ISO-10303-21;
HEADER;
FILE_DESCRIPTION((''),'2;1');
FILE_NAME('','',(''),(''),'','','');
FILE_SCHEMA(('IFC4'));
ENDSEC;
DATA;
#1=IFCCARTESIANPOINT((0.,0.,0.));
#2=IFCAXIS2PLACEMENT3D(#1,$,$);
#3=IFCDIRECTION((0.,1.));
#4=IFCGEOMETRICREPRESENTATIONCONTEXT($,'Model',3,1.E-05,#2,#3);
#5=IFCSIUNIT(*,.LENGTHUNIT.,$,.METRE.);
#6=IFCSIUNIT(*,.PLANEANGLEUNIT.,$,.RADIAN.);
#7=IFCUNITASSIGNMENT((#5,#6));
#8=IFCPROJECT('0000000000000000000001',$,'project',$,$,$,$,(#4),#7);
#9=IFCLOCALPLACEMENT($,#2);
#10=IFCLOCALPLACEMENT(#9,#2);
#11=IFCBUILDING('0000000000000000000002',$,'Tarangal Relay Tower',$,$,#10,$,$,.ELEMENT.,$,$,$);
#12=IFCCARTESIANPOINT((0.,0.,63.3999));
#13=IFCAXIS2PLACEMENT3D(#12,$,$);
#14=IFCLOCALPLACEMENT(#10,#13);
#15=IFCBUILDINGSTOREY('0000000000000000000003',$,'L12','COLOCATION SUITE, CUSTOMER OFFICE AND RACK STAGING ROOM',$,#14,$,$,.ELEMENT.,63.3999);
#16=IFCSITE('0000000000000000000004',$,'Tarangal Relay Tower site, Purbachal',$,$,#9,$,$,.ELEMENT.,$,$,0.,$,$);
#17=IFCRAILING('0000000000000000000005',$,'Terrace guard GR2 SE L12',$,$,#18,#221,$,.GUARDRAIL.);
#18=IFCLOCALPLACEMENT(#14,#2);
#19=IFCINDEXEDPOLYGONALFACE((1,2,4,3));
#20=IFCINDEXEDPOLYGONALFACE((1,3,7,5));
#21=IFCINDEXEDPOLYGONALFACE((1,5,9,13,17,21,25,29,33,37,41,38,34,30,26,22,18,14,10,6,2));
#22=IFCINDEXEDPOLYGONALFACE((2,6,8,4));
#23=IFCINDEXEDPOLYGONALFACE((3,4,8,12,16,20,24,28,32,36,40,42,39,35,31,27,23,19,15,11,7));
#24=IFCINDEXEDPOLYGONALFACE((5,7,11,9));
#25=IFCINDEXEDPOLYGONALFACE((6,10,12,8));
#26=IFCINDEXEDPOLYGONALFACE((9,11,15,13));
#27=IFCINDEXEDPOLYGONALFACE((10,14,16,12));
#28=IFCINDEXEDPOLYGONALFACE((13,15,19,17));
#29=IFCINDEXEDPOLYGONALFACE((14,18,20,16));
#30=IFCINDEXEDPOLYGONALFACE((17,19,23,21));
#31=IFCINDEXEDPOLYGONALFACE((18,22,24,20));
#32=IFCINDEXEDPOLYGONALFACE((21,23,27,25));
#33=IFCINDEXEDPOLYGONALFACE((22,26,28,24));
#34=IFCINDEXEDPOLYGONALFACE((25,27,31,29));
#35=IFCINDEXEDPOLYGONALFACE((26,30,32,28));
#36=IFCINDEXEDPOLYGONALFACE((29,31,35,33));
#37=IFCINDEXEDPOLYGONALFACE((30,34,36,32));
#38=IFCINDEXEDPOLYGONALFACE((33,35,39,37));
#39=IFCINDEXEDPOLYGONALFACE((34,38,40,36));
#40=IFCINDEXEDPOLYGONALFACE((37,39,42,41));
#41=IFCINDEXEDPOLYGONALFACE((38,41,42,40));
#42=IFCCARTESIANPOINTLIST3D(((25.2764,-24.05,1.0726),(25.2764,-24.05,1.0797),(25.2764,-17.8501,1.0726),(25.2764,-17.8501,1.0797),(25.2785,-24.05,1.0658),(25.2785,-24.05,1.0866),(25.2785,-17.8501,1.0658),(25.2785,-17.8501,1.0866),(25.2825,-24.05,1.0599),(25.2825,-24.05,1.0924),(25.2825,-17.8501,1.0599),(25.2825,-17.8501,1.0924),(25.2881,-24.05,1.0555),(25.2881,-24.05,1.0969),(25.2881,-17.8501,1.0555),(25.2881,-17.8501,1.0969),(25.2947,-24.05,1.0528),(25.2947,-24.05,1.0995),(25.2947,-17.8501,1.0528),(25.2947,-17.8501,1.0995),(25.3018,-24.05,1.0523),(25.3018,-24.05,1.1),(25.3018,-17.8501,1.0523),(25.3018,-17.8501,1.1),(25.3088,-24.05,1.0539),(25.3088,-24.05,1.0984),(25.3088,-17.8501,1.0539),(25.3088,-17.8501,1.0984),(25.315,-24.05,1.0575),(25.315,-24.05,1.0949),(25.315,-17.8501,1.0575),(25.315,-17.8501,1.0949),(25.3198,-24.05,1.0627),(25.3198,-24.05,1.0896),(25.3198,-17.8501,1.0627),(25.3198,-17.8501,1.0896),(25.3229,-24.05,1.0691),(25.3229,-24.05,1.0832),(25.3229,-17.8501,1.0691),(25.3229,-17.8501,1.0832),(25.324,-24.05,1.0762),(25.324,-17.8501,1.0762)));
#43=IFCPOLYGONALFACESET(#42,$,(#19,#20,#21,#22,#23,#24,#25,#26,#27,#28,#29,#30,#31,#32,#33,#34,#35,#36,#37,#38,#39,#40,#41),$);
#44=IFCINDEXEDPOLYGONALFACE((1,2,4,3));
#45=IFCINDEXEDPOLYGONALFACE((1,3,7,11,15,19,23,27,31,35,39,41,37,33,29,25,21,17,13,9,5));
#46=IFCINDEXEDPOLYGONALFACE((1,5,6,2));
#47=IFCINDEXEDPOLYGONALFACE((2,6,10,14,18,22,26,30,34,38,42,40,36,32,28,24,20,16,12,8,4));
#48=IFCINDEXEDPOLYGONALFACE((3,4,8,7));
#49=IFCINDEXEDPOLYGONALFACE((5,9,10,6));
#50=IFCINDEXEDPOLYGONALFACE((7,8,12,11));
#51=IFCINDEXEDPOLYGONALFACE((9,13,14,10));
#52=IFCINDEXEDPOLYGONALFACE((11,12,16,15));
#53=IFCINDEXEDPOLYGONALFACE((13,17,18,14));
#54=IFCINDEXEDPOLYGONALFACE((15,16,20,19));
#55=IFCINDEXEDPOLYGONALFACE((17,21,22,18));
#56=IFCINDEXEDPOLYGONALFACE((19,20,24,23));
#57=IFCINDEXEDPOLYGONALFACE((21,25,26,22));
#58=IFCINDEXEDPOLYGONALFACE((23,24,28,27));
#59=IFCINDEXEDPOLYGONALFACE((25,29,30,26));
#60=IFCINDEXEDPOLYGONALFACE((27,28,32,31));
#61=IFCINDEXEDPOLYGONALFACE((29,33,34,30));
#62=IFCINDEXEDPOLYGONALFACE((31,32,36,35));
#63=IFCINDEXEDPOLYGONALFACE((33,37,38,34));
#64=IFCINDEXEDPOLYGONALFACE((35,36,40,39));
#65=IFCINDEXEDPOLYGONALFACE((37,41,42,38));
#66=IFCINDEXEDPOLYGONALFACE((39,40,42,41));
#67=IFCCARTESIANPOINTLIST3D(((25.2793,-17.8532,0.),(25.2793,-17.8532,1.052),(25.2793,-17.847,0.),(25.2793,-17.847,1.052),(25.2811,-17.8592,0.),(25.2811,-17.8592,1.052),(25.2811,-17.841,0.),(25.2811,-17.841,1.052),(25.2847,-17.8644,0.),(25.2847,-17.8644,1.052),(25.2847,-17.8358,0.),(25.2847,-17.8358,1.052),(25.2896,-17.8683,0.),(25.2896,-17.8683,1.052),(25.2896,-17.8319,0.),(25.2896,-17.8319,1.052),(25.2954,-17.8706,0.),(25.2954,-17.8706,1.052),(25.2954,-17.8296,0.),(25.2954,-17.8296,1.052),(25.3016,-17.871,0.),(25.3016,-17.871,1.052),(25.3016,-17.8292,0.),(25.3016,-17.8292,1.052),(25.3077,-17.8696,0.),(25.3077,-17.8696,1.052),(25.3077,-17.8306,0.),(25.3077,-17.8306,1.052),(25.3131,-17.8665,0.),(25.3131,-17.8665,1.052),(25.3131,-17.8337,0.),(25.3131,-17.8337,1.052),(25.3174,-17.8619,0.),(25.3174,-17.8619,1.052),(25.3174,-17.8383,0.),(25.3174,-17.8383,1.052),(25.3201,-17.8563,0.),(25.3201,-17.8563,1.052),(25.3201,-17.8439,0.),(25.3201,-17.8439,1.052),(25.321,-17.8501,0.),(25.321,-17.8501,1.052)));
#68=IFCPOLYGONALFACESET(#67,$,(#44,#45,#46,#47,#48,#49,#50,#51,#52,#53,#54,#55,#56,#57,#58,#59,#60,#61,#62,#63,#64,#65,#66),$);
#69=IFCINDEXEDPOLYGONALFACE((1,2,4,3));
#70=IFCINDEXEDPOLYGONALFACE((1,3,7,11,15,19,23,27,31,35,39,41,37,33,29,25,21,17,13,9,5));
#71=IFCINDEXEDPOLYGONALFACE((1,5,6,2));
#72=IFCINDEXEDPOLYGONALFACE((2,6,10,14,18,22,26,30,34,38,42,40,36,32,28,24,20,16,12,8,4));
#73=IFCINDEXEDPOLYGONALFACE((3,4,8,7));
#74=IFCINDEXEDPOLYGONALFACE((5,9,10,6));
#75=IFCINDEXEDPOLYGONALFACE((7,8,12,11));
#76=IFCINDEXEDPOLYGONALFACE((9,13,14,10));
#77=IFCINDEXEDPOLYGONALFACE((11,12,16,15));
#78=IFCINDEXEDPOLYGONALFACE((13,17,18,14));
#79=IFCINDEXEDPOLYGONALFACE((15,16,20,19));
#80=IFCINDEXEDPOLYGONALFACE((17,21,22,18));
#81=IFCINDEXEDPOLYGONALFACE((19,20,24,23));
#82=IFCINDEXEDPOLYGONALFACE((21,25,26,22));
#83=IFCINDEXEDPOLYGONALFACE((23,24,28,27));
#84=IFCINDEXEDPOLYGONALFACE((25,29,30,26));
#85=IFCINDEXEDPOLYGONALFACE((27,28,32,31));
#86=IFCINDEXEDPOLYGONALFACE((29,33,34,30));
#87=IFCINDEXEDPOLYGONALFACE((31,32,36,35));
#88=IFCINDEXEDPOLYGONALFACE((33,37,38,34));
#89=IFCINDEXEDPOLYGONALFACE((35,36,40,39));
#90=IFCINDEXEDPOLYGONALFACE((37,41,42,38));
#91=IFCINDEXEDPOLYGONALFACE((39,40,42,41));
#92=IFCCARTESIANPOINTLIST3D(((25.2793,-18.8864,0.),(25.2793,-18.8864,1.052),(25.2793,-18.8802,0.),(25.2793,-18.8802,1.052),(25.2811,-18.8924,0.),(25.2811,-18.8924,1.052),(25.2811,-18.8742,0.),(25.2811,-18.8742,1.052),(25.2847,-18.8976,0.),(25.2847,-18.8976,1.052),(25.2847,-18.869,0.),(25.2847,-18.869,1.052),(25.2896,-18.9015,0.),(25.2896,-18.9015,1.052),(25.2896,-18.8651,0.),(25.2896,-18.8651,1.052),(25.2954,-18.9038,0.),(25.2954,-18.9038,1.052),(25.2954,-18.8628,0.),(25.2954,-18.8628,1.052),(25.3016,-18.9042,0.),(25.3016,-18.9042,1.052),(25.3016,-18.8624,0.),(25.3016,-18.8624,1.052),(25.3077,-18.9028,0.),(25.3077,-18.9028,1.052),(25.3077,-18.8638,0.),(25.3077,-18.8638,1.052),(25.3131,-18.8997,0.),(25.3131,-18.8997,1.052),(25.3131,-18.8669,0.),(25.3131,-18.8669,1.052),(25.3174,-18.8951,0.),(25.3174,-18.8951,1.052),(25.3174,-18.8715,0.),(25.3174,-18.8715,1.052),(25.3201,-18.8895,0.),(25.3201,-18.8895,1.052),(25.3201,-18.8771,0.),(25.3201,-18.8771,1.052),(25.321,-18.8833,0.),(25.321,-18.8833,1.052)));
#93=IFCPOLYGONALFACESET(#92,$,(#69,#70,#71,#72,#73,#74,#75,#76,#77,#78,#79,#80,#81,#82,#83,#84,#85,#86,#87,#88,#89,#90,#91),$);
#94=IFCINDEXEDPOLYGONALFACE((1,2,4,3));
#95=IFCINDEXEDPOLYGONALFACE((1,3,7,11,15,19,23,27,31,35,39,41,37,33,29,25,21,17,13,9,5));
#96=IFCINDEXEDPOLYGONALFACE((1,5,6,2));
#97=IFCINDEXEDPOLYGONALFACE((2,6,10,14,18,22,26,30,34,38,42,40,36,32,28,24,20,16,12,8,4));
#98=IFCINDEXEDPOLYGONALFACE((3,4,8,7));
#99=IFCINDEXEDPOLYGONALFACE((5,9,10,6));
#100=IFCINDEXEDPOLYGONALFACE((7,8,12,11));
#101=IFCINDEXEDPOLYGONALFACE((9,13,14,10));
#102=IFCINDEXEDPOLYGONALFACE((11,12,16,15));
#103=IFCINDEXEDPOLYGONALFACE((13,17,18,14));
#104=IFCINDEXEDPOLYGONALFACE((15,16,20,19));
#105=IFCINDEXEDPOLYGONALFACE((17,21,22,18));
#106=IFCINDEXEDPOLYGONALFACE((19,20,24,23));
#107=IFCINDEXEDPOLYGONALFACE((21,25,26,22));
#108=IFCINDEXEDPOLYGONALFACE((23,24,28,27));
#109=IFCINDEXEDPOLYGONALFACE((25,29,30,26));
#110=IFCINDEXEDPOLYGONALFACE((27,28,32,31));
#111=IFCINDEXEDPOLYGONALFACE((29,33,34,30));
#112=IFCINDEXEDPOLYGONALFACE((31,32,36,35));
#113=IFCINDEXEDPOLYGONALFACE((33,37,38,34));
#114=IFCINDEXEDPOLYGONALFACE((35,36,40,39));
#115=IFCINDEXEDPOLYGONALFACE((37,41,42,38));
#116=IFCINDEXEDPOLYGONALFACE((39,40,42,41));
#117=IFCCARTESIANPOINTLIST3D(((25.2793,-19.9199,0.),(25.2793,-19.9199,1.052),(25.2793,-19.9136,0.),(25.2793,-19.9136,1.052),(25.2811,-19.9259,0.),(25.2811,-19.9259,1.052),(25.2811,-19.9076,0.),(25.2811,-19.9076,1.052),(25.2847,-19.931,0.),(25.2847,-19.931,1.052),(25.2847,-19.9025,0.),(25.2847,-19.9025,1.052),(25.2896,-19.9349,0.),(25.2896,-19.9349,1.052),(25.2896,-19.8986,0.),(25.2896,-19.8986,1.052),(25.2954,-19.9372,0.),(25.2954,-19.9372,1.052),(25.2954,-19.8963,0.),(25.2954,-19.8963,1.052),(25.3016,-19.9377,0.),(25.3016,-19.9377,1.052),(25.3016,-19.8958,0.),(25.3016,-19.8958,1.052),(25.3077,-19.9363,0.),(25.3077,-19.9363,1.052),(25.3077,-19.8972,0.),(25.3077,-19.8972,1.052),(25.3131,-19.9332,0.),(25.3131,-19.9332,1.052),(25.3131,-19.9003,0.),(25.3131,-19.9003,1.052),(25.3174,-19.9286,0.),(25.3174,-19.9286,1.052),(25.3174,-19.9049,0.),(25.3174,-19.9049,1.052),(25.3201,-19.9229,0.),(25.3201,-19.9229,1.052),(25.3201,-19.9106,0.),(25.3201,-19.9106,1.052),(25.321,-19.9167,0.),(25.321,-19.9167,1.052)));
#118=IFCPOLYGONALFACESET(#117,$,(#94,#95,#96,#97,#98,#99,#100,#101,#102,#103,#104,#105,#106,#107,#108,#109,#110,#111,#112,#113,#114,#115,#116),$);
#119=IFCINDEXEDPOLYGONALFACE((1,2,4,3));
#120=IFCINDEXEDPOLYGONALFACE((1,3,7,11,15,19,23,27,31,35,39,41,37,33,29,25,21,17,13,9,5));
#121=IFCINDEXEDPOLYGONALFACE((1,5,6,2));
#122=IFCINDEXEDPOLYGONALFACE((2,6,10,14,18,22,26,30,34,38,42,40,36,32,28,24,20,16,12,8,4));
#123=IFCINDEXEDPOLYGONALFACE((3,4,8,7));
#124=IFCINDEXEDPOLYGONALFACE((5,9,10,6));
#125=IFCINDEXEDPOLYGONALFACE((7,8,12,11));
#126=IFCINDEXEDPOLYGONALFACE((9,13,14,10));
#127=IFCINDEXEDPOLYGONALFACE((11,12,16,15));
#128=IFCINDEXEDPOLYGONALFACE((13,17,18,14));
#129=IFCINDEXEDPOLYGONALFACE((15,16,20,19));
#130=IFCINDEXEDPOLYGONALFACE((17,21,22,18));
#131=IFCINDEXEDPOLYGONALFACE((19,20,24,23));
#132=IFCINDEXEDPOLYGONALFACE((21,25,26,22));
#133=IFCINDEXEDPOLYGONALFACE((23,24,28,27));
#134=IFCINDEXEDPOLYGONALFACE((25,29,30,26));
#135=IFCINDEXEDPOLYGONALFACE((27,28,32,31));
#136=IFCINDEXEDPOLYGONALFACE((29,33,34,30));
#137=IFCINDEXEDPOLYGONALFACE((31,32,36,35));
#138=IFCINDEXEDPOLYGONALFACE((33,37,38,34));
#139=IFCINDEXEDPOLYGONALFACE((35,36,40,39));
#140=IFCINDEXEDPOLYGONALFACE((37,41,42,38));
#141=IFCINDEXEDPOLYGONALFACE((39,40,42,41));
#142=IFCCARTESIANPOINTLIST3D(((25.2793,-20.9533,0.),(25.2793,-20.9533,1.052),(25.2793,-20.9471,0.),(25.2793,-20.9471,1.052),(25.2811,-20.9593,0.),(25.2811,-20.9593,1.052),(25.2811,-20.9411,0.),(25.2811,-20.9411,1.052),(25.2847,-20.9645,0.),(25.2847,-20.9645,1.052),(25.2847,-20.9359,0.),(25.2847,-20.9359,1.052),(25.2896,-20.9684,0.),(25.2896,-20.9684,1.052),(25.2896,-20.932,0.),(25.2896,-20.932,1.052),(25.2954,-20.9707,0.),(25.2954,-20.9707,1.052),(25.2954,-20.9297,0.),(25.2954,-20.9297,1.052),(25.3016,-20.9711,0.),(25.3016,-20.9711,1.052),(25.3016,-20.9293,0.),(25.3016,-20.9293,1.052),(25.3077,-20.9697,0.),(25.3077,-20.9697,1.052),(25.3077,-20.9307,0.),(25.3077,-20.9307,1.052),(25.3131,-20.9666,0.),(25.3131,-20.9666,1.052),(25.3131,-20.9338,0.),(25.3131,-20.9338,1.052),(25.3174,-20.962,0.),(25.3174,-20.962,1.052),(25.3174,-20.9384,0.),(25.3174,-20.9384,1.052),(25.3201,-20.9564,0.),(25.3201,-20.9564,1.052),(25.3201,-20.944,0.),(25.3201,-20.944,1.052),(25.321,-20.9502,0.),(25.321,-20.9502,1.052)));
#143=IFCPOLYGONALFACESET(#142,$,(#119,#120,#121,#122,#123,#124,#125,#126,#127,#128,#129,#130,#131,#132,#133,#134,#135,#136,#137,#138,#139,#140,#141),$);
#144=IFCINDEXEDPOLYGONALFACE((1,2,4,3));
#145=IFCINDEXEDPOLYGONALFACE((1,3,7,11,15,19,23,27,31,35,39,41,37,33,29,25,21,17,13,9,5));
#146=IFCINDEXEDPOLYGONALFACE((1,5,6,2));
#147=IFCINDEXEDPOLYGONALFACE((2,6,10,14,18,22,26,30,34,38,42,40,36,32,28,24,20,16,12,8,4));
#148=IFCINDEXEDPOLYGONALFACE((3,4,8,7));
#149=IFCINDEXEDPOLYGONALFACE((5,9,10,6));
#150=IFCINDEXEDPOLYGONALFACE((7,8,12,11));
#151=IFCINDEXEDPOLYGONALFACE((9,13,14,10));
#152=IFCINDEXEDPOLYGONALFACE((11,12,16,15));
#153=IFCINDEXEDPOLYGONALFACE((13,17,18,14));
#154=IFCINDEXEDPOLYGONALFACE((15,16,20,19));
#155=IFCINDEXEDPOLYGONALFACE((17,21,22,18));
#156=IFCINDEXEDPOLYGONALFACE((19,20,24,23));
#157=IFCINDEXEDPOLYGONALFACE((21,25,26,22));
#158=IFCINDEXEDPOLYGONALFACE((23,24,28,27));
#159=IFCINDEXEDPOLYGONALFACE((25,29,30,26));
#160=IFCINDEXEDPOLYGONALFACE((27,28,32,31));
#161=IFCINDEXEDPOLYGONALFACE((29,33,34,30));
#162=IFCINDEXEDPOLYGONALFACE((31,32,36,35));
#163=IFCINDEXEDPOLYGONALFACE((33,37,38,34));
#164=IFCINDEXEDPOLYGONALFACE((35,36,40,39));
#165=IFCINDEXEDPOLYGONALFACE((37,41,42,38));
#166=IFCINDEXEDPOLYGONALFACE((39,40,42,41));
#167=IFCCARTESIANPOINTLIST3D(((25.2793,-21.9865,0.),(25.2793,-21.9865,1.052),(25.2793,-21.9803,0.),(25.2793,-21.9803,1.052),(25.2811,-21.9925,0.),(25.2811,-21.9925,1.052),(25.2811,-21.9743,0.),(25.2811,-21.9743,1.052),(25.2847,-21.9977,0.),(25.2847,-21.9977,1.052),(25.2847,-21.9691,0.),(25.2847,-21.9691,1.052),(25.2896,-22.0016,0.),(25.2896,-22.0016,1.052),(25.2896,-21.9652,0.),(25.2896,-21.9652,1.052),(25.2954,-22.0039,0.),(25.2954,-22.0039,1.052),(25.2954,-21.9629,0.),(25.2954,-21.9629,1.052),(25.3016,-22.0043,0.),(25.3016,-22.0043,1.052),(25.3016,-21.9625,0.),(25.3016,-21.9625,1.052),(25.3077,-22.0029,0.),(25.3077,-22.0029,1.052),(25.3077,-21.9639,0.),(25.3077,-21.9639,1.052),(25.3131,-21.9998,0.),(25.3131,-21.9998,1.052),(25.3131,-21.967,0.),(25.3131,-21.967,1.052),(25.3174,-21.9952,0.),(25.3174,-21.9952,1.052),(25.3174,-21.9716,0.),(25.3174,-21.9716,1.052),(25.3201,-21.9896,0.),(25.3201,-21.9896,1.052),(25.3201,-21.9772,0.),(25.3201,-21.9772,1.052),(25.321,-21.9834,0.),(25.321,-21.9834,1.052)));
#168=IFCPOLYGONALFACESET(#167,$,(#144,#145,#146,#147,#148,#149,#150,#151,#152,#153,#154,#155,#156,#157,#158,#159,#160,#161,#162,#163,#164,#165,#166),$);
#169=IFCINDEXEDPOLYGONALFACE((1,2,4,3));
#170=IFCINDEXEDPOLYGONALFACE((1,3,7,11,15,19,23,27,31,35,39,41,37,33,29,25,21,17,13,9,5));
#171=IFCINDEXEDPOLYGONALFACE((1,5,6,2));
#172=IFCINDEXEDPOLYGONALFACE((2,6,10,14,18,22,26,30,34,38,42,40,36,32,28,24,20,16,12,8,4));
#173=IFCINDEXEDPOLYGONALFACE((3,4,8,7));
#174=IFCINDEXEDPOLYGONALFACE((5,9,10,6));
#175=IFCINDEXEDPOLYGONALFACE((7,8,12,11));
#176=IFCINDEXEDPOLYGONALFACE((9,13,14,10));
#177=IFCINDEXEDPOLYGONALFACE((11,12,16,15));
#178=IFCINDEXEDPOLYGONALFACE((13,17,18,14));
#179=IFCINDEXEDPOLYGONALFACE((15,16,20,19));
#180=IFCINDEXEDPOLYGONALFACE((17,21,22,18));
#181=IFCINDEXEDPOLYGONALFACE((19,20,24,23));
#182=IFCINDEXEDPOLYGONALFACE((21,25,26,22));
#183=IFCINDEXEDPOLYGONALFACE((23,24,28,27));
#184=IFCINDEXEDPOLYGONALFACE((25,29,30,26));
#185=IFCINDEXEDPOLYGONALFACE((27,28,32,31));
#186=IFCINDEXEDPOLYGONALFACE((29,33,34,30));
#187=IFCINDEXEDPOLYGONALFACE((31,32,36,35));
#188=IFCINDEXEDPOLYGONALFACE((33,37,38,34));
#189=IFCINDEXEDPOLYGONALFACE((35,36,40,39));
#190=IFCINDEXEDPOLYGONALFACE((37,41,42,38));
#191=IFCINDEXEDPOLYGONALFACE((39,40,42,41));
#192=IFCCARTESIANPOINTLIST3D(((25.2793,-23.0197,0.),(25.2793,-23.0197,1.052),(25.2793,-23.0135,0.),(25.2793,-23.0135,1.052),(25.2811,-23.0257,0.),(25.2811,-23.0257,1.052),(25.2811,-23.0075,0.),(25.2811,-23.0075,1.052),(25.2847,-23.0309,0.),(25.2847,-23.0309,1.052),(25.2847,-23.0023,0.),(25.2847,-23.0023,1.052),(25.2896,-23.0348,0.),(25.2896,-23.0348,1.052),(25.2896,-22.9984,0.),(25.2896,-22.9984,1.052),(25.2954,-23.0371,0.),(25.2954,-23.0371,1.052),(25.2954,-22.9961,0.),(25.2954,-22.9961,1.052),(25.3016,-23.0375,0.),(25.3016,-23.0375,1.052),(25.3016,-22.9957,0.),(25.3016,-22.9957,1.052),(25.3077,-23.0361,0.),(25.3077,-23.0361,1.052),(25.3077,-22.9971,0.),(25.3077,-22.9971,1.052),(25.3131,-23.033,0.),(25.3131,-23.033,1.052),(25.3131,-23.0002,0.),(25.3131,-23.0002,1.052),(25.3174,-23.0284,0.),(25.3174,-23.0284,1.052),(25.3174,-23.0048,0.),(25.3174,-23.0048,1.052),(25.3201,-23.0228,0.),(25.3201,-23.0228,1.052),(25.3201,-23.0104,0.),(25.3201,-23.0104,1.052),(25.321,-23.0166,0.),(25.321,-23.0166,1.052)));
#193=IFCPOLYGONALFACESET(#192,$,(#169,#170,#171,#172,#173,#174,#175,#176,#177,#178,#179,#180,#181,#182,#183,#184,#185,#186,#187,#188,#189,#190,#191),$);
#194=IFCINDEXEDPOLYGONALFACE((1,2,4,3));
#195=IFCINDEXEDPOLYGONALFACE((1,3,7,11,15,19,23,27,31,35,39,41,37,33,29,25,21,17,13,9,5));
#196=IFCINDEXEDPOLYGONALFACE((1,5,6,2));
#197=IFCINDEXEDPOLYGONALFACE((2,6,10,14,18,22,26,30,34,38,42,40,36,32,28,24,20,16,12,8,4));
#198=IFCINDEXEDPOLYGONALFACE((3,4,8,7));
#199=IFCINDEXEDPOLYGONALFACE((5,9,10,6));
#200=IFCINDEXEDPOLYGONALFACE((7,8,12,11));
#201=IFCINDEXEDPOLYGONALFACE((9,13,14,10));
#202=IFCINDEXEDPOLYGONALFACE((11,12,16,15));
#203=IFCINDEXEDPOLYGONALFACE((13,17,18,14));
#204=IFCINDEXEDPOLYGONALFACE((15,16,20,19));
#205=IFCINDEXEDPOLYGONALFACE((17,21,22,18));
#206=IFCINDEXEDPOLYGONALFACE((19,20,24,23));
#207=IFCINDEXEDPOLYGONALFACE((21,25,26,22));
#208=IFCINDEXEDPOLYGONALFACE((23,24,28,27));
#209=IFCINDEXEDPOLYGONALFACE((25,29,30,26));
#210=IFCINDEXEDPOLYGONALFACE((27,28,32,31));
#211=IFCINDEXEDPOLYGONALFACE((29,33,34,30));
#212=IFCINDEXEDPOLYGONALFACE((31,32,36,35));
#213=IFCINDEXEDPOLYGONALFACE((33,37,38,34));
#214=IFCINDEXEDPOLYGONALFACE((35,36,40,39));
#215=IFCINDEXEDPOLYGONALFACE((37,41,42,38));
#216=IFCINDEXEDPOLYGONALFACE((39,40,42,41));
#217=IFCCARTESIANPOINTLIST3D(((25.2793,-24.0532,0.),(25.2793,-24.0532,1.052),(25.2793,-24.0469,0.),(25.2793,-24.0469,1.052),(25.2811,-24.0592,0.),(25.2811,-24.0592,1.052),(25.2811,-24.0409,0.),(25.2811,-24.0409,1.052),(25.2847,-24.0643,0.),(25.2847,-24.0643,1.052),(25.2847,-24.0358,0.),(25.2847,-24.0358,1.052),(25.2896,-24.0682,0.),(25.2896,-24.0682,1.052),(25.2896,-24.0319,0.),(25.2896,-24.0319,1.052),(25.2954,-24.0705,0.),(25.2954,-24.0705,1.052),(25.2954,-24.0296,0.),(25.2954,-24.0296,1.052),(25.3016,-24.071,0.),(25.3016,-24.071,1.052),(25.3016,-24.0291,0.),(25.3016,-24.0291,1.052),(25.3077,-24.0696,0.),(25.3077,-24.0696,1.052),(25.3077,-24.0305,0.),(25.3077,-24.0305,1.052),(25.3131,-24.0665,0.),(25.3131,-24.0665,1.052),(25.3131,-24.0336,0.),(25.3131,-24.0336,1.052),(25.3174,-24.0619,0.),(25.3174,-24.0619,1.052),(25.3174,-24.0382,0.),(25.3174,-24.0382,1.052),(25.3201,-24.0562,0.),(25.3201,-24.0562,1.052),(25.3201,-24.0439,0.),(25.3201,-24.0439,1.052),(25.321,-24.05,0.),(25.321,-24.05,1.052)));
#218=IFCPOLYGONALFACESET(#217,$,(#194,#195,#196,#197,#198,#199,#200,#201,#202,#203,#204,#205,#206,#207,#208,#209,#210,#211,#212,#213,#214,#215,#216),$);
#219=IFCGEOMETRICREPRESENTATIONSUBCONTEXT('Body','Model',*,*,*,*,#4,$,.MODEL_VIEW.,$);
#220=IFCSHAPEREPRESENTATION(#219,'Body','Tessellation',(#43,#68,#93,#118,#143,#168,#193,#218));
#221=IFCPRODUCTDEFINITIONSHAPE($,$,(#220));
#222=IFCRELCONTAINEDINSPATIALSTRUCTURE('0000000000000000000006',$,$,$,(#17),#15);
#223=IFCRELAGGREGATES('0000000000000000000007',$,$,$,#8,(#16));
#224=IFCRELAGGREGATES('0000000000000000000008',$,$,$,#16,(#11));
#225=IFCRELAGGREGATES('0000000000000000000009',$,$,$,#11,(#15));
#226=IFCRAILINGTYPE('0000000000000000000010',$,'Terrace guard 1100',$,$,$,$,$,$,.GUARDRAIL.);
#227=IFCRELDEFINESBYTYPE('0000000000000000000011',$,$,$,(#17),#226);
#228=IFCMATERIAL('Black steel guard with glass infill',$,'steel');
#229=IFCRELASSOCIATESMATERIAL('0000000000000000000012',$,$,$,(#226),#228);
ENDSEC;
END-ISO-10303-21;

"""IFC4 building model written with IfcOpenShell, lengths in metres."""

from ifc_helpers import new_model, si_unit, direction, frame, origin, origin_2d, place, context, subcontext, project, spatial, circle, extrude, material, type_object, element, save


model = new_model("IFC4")

# Units and contexts
model_context = context("Model", 3, precision=1e-05, world=origin(), true_north=direction((0.0, 1.0)))
body_context = subcontext(model_context, "Body", "Model", "MODEL_VIEW")
ifc_project = project(units=[si_unit("LENGTHUNIT", "METRE"), si_unit("PLANEANGLEUNIT", "RADIAN")], contexts=[model_context])

# Site, building, storey
site_placement = place(None, origin())
site = spatial("IfcSite", under=ifc_project, at=site_placement, Name="Tarangal Relay Tower site, Purbachal", CompositionType="ELEMENT", RefElevation=0.0)
building_placement = place(site_placement, origin())
building = spatial("IfcBuilding", under=site, at=building_placement, Name="Tarangal Relay Tower", CompositionType="ELEMENT")
storey_placement = place(building_placement, frame((0.0, 0.0, 63.3999)))
storey = spatial("IfcBuildingStorey", under=building, at=storey_placement, Name="L12", Description="COLOCATION SUITE, CUSTOMER OFFICE AND RACK STAGING ROOM", CompositionType="ELEMENT", Elevation=63.3999)

# Railing
ifc_material_1 = material(Name="Black steel guard with glass infill", Category="steel")
railing_type = type_object("IfcRailingType", Name="Terrace guard 1100", PredefinedType="GUARDRAIL", material=ifc_material_1)
railing_1_placement = place(storey_placement, frame((25.3, -17.8501, 0.0)))
element("IfcRailing", 1, at=railing_1_placement, inside=storey, type_object=railing_type, Name="Terrace guard GR2 SE L12", PredefinedType="GUARDRAIL", context=body_context, shape_type="SweptSolid", body=[
    extrude(circle(Radius=0.0239, at=origin_2d()), frame((0.0, 0.0, 1.0762), z_axis=(0.0, -1.0, 0.0), x_axis=(1.0, 0.0, 0.0)), (0.0, 0.0, 1.0), 6.2),
    extrude(circle(Radius=0.021, at=origin_2d()), origin(), (0.0, 0.0, 1.0), 1.052),
    extrude(circle(Radius=0.021, at=origin_2d()), frame((0.0, -1.0332, 0.0)), (0.0, 0.0, 1.0), 1.052),
    extrude(circle(Radius=0.021, at=origin_2d()), frame((0.0, -2.0667, 0.0)), (0.0, 0.0, 1.0), 1.052),
    extrude(circle(Radius=0.021, at=origin_2d()), frame((0.0, -3.1001, 0.0)), (0.0, 0.0, 1.0), 1.052),
    extrude(circle(Radius=0.021, at=origin_2d()), frame((0.0, -4.1333, 0.0)), (0.0, 0.0, 1.0), 1.052),
    extrude(circle(Radius=0.021, at=origin_2d()), frame((0.0, -5.1665, 0.0)), (0.0, 0.0, 1.0), 1.052),
    extrude(circle(Radius=0.021, at=origin_2d()), frame((0.0, -6.2, 0.0)), (0.0, 0.0, 1.0), 1.052),
])

save(model, "model.ifc")
